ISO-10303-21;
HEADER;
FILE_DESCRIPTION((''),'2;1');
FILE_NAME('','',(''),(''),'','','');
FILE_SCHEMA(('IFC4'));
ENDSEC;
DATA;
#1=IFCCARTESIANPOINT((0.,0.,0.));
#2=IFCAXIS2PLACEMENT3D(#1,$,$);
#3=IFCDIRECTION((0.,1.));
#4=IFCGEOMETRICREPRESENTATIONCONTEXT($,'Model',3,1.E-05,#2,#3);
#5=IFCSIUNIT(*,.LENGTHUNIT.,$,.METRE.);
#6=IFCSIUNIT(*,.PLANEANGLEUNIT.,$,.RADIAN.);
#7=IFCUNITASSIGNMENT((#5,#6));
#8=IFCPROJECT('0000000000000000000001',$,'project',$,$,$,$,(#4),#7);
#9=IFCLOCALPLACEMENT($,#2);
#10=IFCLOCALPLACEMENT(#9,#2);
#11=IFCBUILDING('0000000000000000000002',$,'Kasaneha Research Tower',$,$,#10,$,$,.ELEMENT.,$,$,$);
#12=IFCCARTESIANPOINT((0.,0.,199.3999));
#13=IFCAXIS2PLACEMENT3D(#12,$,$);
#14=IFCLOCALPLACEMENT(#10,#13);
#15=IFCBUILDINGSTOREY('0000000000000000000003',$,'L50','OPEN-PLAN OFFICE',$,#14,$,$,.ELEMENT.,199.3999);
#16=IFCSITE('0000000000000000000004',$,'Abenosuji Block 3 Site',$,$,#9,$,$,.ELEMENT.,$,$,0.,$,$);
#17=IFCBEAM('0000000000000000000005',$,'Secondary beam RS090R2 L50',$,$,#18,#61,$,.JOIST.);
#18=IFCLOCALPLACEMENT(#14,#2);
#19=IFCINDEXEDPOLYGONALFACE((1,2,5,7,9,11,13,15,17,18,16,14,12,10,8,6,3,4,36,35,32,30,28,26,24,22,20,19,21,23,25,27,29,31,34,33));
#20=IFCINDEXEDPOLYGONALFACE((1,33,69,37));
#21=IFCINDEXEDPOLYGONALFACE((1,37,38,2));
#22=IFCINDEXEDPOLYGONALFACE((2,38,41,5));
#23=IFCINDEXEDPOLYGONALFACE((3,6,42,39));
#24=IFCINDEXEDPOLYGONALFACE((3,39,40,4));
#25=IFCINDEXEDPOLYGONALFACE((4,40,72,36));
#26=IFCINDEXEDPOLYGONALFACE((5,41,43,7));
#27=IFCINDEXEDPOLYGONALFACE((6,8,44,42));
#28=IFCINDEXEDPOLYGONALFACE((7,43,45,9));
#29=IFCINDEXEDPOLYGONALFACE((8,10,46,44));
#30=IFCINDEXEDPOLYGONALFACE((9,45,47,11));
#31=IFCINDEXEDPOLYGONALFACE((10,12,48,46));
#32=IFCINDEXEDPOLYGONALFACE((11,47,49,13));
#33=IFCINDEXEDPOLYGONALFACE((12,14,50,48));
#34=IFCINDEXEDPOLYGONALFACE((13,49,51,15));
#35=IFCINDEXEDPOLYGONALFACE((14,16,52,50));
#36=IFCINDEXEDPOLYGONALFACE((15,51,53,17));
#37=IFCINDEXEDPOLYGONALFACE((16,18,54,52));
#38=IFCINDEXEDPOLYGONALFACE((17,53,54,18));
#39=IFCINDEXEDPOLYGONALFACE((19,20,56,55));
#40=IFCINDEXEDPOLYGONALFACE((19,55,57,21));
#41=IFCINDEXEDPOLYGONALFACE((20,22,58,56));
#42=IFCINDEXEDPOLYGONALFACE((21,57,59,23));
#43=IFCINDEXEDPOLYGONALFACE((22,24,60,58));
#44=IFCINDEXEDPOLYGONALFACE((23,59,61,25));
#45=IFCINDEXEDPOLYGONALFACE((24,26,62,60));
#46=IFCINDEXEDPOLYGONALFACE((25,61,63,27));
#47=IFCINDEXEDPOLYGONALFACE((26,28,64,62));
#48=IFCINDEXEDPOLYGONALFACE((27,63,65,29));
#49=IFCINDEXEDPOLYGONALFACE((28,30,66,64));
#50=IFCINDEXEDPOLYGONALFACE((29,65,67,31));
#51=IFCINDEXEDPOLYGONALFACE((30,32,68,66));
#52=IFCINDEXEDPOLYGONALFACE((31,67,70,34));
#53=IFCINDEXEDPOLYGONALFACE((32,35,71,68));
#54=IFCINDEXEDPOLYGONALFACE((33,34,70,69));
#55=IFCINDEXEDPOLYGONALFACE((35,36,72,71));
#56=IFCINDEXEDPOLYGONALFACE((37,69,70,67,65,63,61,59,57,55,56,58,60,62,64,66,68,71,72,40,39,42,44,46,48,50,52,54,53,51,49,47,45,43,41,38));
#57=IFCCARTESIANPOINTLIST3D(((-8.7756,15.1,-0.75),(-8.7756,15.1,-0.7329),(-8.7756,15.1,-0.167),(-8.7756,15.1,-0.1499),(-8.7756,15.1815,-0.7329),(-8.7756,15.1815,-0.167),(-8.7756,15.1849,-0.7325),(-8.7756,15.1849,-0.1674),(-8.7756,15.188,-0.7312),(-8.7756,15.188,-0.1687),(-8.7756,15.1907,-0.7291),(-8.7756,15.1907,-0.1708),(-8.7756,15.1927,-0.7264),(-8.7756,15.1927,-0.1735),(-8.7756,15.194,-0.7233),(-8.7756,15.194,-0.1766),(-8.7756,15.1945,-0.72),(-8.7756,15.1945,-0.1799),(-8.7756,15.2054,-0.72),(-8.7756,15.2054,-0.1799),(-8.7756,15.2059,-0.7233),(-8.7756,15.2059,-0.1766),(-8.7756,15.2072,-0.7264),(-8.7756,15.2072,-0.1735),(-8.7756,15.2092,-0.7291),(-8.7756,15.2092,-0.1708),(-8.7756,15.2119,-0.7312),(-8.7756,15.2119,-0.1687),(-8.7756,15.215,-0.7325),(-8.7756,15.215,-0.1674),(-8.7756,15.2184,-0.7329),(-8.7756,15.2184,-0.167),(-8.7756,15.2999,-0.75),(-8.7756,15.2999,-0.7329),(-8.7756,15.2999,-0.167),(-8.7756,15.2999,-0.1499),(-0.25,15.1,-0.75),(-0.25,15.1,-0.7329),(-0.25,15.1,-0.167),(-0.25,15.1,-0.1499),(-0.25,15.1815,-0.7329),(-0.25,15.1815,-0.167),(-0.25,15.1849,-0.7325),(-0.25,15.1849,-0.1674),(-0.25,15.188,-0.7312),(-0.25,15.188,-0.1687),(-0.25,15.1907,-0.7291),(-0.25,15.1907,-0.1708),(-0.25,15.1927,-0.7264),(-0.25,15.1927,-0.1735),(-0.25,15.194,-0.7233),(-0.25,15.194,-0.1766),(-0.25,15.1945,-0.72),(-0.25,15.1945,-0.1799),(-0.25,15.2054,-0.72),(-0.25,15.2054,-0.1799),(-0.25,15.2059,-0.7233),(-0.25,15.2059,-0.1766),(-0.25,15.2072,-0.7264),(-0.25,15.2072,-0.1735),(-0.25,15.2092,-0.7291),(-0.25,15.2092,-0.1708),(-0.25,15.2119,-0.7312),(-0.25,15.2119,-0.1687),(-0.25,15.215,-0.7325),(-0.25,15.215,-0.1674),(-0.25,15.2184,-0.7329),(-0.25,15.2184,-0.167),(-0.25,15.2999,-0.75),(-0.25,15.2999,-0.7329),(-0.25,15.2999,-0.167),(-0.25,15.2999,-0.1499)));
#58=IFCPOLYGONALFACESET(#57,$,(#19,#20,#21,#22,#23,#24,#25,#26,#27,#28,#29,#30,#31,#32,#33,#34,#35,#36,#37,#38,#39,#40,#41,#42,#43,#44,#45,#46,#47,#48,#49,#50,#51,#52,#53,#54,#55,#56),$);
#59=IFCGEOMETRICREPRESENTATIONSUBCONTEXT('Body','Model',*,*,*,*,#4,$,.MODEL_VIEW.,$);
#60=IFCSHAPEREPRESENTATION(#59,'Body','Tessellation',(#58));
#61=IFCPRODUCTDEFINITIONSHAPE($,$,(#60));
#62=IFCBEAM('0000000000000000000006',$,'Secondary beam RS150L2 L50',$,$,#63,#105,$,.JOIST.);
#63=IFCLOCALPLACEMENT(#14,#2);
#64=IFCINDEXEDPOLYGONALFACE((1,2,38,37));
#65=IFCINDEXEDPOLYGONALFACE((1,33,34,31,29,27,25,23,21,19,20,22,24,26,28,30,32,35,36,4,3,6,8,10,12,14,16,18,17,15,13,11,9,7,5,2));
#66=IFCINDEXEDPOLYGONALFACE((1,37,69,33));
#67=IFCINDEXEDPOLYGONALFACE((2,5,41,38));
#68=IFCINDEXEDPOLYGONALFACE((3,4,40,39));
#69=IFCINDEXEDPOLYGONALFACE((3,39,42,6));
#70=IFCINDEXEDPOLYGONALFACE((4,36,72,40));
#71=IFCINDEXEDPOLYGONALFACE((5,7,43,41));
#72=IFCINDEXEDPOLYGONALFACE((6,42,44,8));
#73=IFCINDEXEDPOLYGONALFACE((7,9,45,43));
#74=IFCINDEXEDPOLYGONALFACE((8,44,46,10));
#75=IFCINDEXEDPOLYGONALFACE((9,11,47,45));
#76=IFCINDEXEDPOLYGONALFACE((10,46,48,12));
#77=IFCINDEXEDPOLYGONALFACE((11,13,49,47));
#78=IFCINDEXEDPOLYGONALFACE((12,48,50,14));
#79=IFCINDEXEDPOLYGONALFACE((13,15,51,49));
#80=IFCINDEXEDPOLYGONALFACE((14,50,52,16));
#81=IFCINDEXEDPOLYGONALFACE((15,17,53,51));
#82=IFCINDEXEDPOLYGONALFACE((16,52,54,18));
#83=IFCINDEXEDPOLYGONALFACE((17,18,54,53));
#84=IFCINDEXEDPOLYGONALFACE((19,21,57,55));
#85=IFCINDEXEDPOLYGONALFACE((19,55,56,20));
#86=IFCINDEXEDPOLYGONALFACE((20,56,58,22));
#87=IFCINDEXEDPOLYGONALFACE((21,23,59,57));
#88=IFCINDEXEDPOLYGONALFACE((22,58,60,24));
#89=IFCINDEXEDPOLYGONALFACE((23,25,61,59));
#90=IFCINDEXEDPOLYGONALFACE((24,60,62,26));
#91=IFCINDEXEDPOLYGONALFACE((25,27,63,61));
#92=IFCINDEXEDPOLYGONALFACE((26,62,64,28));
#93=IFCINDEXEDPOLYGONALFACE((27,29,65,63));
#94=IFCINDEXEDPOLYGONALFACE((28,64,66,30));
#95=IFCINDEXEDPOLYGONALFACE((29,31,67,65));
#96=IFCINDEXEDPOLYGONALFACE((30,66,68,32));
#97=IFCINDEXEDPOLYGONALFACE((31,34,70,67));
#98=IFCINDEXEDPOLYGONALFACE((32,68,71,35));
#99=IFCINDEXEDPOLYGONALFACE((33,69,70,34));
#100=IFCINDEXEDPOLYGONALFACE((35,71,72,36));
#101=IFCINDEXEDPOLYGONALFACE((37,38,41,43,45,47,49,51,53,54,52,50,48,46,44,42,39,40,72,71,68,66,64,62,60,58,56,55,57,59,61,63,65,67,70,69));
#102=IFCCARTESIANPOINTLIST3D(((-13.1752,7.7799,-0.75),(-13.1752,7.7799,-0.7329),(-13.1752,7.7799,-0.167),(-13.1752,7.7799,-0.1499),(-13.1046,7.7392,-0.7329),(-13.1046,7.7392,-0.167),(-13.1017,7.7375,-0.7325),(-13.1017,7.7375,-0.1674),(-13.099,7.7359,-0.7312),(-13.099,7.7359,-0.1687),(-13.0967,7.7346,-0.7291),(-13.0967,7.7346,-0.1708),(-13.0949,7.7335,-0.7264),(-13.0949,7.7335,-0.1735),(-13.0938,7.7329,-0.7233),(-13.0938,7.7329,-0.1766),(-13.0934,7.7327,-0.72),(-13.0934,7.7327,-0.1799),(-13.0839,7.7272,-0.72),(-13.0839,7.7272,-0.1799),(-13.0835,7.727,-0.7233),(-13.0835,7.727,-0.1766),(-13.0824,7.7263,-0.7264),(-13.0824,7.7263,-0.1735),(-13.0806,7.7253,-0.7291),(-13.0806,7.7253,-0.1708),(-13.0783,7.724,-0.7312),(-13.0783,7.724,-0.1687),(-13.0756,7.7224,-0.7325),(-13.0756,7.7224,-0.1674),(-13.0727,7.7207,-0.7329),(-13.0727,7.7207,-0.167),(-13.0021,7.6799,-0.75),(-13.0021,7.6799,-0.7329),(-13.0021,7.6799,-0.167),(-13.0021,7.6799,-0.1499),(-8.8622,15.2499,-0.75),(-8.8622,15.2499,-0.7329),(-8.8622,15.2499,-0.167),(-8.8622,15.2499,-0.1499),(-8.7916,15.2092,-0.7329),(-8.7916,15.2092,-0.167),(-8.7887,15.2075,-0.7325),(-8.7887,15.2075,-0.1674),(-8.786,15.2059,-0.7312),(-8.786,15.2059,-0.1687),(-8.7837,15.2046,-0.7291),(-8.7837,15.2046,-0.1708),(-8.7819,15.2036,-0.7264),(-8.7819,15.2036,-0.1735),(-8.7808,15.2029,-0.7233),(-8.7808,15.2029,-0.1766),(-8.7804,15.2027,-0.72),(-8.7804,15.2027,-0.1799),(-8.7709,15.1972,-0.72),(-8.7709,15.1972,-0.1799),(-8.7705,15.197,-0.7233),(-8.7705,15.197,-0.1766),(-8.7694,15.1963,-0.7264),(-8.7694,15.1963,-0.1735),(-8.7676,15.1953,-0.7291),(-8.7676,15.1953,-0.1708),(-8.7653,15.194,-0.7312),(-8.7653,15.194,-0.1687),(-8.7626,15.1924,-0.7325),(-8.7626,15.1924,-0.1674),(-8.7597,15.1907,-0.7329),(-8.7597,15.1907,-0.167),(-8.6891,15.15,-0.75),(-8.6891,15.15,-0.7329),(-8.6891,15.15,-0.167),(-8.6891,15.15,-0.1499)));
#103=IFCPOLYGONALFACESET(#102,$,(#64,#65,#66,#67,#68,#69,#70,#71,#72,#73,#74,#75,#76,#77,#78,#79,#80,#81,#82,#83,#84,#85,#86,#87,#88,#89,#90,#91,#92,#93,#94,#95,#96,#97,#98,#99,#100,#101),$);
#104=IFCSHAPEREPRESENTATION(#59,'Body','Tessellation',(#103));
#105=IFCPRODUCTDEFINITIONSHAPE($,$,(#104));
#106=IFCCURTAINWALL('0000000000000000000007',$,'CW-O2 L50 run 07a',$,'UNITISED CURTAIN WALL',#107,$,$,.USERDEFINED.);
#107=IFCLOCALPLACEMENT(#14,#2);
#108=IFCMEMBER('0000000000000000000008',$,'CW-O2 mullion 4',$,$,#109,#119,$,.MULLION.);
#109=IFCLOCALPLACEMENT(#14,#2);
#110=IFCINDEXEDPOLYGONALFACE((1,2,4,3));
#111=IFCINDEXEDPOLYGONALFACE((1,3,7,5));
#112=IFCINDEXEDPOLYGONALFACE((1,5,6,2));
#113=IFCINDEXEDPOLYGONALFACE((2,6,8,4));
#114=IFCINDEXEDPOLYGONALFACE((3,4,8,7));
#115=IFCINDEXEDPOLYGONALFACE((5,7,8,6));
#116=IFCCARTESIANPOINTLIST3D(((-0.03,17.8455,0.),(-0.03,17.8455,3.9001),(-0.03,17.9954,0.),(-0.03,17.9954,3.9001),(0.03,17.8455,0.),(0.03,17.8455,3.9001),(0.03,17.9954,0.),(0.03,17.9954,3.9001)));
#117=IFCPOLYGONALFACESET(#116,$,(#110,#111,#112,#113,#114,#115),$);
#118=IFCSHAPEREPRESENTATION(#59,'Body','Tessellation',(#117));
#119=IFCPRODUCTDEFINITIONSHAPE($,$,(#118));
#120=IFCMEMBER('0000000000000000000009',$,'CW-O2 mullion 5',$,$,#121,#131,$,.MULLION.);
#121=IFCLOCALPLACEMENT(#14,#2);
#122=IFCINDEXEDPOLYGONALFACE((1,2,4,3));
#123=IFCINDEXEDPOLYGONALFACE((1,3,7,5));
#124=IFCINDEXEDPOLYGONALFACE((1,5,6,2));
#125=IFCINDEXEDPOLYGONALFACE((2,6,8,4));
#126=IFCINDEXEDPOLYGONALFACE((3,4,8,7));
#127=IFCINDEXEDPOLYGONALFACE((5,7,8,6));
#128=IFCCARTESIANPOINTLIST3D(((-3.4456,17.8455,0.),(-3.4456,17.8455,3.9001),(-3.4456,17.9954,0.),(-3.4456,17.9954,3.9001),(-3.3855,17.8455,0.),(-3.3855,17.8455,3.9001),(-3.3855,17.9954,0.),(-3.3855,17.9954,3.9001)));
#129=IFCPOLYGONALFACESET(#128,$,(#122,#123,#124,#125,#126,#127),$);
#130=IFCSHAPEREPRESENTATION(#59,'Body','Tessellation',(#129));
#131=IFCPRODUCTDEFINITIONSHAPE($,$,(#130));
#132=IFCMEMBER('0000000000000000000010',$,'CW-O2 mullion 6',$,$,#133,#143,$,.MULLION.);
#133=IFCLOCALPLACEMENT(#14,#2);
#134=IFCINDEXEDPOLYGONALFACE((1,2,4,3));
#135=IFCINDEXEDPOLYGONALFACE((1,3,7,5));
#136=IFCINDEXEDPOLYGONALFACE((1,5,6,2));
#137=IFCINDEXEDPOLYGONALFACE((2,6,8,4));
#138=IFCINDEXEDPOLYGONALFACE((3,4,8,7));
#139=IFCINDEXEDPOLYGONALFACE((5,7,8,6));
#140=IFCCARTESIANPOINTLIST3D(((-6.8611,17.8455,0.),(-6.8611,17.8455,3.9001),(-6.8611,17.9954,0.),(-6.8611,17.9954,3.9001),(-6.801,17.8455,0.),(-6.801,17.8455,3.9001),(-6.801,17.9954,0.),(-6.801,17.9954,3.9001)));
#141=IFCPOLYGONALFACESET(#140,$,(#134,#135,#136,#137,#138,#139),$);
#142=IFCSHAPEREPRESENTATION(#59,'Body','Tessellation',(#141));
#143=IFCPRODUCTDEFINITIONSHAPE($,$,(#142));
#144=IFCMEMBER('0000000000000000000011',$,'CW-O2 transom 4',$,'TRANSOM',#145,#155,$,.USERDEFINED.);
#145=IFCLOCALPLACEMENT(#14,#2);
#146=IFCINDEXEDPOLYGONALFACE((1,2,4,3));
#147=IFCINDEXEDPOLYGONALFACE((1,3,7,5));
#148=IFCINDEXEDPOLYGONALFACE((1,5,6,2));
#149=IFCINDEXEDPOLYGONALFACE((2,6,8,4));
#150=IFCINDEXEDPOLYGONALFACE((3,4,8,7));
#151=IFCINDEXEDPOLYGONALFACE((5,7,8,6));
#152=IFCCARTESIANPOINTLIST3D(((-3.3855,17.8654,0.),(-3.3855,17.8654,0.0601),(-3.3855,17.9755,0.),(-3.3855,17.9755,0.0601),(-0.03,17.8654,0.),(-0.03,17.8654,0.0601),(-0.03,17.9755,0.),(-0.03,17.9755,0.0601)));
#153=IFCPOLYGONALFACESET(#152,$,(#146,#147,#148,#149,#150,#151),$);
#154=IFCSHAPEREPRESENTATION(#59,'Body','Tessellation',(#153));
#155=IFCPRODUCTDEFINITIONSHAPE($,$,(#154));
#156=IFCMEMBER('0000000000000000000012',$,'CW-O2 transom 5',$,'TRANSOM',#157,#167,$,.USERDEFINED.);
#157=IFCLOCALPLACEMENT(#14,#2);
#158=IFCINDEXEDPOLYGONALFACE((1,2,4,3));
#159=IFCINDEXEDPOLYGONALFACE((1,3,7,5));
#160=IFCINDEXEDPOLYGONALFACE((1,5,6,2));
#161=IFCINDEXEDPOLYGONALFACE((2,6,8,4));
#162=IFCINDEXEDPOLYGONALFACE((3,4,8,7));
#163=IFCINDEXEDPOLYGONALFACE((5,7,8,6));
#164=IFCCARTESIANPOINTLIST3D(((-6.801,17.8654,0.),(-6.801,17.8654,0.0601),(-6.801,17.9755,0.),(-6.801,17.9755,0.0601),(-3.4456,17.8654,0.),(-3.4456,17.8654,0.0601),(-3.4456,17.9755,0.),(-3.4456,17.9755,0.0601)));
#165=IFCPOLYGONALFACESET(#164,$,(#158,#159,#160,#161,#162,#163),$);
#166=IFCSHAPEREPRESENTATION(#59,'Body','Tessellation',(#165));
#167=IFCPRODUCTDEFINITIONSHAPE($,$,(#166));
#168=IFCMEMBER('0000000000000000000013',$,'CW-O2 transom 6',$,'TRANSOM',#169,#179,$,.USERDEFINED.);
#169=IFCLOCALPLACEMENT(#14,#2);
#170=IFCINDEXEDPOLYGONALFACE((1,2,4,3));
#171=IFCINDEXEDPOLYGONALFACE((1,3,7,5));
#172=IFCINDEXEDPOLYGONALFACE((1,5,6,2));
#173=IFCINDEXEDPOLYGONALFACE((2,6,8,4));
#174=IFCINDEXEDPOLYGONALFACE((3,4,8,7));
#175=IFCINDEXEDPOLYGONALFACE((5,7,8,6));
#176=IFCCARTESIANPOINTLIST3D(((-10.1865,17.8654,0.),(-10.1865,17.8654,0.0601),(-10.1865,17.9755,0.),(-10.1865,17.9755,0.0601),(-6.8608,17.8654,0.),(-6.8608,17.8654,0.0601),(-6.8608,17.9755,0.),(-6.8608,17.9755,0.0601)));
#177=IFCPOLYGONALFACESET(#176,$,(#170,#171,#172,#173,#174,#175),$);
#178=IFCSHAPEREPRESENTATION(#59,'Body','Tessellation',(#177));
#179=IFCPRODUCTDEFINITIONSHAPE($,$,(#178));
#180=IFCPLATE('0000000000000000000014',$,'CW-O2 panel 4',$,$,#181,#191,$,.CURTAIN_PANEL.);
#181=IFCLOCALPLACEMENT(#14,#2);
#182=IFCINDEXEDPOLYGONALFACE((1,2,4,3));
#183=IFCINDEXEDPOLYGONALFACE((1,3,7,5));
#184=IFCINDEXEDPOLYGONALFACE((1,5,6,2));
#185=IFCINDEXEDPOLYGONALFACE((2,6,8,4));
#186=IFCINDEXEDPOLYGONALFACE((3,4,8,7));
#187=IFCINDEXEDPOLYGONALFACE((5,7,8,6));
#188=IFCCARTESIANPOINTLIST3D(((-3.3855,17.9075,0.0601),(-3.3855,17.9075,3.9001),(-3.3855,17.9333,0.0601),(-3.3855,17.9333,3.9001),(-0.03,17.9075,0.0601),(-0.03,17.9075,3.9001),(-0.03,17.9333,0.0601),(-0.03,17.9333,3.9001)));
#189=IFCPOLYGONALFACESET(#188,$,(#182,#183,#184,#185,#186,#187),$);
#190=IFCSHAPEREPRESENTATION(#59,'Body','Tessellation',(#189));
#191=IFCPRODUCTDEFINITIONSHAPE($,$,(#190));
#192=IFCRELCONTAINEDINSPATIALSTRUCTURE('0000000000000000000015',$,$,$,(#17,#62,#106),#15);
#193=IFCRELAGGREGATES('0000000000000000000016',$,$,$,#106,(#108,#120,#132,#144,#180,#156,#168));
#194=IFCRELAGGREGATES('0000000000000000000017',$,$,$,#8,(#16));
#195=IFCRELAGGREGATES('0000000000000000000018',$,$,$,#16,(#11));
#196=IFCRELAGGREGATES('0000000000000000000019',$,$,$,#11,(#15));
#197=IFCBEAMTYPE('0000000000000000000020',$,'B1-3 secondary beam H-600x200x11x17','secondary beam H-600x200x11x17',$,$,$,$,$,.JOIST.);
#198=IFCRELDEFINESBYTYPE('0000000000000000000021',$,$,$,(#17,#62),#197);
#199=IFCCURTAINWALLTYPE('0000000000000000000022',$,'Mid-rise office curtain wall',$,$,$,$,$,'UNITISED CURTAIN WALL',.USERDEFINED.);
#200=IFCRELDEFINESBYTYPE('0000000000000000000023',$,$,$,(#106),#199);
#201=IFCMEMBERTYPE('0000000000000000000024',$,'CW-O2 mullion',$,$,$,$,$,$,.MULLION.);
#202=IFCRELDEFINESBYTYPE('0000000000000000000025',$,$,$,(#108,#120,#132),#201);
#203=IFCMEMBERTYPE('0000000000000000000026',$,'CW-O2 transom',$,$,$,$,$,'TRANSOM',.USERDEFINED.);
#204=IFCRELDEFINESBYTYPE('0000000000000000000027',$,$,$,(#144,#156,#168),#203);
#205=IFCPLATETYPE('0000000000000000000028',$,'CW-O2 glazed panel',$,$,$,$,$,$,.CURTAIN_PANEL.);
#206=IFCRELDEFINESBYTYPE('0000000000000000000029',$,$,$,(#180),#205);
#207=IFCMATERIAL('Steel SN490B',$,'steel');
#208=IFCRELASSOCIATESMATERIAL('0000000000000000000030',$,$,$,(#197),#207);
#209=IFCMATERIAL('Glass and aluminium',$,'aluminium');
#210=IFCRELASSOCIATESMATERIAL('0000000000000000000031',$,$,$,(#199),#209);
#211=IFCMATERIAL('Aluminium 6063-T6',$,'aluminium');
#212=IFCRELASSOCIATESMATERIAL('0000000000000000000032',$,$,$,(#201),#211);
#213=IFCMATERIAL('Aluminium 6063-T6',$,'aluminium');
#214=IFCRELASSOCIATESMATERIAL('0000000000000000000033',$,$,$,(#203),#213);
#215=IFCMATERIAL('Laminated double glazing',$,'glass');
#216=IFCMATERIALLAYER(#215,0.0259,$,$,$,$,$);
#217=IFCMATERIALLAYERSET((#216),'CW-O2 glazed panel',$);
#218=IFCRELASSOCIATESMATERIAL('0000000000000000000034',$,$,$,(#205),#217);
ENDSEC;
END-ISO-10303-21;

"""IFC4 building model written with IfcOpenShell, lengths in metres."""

from ifc_helpers import new_model, si_unit, direction, frame, origin, origin_2d, place, context, subcontext, project, spatial, rectangle, i_section, extrude, material, layer, layer_set, material_profile, profile_set, type_object, element, aggregate, save


model = new_model("IFC4")

# Units and contexts
model_context = context("Model", 3, precision=1e-05, world=origin(), true_north=direction((0.0, 1.0)))
body_context = subcontext(model_context, "Body", "Model", "MODEL_VIEW")
ifc_project = project(units=[si_unit("LENGTHUNIT", "METRE"), si_unit("PLANEANGLEUNIT", "RADIAN")], contexts=[model_context])

# Site, building, storey
site_placement = place(None, origin())
site = spatial("IfcSite", under=ifc_project, at=site_placement, Name="Abenosuji Block 3 Site", CompositionType="ELEMENT", RefElevation=0.0)
building_placement = place(site_placement, origin())
building = spatial("IfcBuilding", under=site, at=building_placement, Name="Kasaneha Research Tower", CompositionType="ELEMENT")
storey_placement = place(building_placement, frame((0.0, 0.0, 199.3999)))
storey = spatial("IfcBuildingStorey", under=building, at=storey_placement, Name="L50", Description="OPEN-PLAN OFFICE", CompositionType="ELEMENT", Elevation=199.3999)

# Beams
ifc_material_1 = material(Name="Steel SN490B", Category="steel")
ifc_material_profile_1 = material_profile(ifc_material_1, i_section(OverallWidth=0.2, OverallDepth=0.6001, WebThickness=0.011, FlangeThickness=0.0171, FilletRadius=0.0129, at=origin_2d()), Name="H-600x200x11x17")
ifc_profile_set_1 = profile_set([ifc_material_profile_1], Name="Steel SN490B")
beam_type = type_object("IfcBeamType", Name="B1-3 secondary beam H-600x200x11x17", Description="secondary beam H-600x200x11x17", PredefinedType="JOIST", material=ifc_profile_set_1)
beam_1_placement = place(storey_placement, frame((-8.7756, 15.2, -0.45), z_axis=(1.0, 0.0, 0.0), x_axis=(0.0, 1.0, 0.0)))
element("IfcBeam", 1, at=beam_1_placement, inside=storey, type_object=beam_type, Name="Secondary beam RS090R2 L50", PredefinedType="JOIST", context=body_context, shape_type="SweptSolid", body=[
    extrude(i_section(OverallWidth=0.2, OverallDepth=0.6001, WebThickness=0.011, FlangeThickness=0.0171, FilletRadius=0.0129, at=origin_2d()), origin(), (0.0, 0.0, 1.0), 8.5256),
])
beam_2_placement = place(storey_placement, frame((-8.7756, 15.2, -0.45), z_axis=(-0.500017, -0.866015, 0.0), x_axis=(0.866015, -0.500017, 0.0)))
element("IfcBeam", 2, at=beam_2_placement, inside=storey, type_object=beam_type, Name="Secondary beam RS150L2 L50", PredefinedType="JOIST", context=body_context, shape_type="SweptSolid", body=[
    extrude(i_section(OverallWidth=0.2, OverallDepth=0.6001, WebThickness=0.011, FlangeThickness=0.0171, FilletRadius=0.0129, at=origin_2d()), origin(), (0.0, 0.0, 1.0), 8.6257),
])

# Curtain wall, members, plate
ifc_material_2 = material(Name="Glass and aluminium", Category="aluminium")
curtain_wall_type = type_object("IfcCurtainWallType", Name="Mid-rise office curtain wall", ElementType="UNITISED CURTAIN WALL", PredefinedType="USERDEFINED", material=ifc_material_2)
curtain_wall_placement = place(storey_placement, origin())
curtain_wall = element("IfcCurtainWall", 3, at=curtain_wall_placement, inside=storey, type_object=curtain_wall_type, Name="CW-O2 L50 run 07a", ObjectType="UNITISED CURTAIN WALL", PredefinedType="USERDEFINED")
ifc_material_3 = material(Name="Aluminium 6063-T6", Category="aluminium")
ifc_material_profile_2 = material_profile(ifc_material_3, rectangle(XDim=0.0601, YDim=0.1499, at=origin_2d()), Name="CW-O2 mullion 60x150")
ifc_profile_set_2 = profile_set([ifc_material_profile_2], Name="Aluminium 6063-T6")
member_type_1 = type_object("IfcMemberType", Name="CW-O2 mullion", PredefinedType="MULLION", material=ifc_profile_set_2)
member_1_placement = place(storey_placement, frame((0.0, 17.9204, 0.0), z_axis=(0.0, 0.0, 1.0), x_axis=(-1.0, 0.0, 0.0)))
member_1 = element("IfcMember", 4, at=member_1_placement, type_object=member_type_1, Name="CW-O2 mullion 4", PredefinedType="MULLION", context=body_context, shape_type="SweptSolid", body=[
    extrude(rectangle(XDim=0.0601, YDim=0.1499, at=origin_2d()), origin(), (0.0, 0.0, 1.0), 3.9001),
])
member_2_placement = place(storey_placement, frame((-3.4155, 17.9204, 0.0), z_axis=(0.0, 0.0, 1.0), x_axis=(-1.0, 0.0, 0.0)))
member_2 = element("IfcMember", 5, at=member_2_placement, type_object=member_type_1, Name="CW-O2 mullion 5", PredefinedType="MULLION", context=body_context, shape_type="SweptSolid", body=[
    extrude(rectangle(XDim=0.0601, YDim=0.1499, at=origin_2d()), origin(), (0.0, 0.0, 1.0), 3.9001),
])
member_3_placement = place(storey_placement, frame((-6.8311, 17.9204, 0.0), z_axis=(0.0, 0.0, 1.0), x_axis=(-1.0, 0.0, 0.0)))
member_3 = element("IfcMember", 6, at=member_3_placement, type_object=member_type_1, Name="CW-O2 mullion 6", PredefinedType="MULLION", context=body_context, shape_type="SweptSolid", body=[
    extrude(rectangle(XDim=0.0601, YDim=0.1499, at=origin_2d()), origin(), (0.0, 0.0, 1.0), 3.9001),
])
ifc_material_4 = material(Name="Aluminium 6063-T6", Category="aluminium")
ifc_material_profile_3 = material_profile(ifc_material_4, rectangle(XDim=0.1101, YDim=0.0601, at=origin_2d()), Name="CW-O2 transom 110x60")
ifc_profile_set_3 = profile_set([ifc_material_profile_3], Name="Aluminium 6063-T6")
member_type_2 = type_object("IfcMemberType", Name="CW-O2 transom", ElementType="TRANSOM", PredefinedType="USERDEFINED", material=ifc_profile_set_3)
member_4_placement = place(storey_placement, frame((-0.03, 17.9204, 0.03), z_axis=(-1.0, 0.0, 0.0), x_axis=(0.0, -1.0, 0.0)))
member_4 = element("IfcMember", 7, at=member_4_placement, type_object=member_type_2, Name="CW-O2 transom 4", ObjectType="TRANSOM", PredefinedType="USERDEFINED", context=body_context, shape_type="SweptSolid", body=[
    extrude(rectangle(XDim=0.1101, YDim=0.0601, at=origin_2d()), origin(), (0.0, 0.0, 1.0), 3.3555),
])
member_5_placement = place(storey_placement, frame((-3.4456, 17.9204, 0.03), z_axis=(-1.0, 0.0, 0.0), x_axis=(0.0, -1.0, 0.0)))
member_5 = element("IfcMember", 8, at=member_5_placement, type_object=member_type_2, Name="CW-O2 transom 5", ObjectType="TRANSOM", PredefinedType="USERDEFINED", context=body_context, shape_type="SweptSolid", body=[
    extrude(rectangle(XDim=0.1101, YDim=0.0601, at=origin_2d()), origin(), (0.0, 0.0, 1.0), 3.3555),
])
member_6_placement = place(storey_placement, frame((-6.8608, 17.9204, 0.03), z_axis=(-1.0, 0.0, 0.0), x_axis=(0.0, -1.0, 0.0)))
member_6 = element("IfcMember", 9, at=member_6_placement, type_object=member_type_2, Name="CW-O2 transom 6", ObjectType="TRANSOM", PredefinedType="USERDEFINED", context=body_context, shape_type="SweptSolid", body=[
    extrude(rectangle(XDim=0.1101, YDim=0.0601, at=origin_2d()), origin(), (0.0, 0.0, 1.0), 3.3257),
])
ifc_material_5 = material(Name="Laminated double glazing", Category="glass")
ifc_layer_1 = layer(ifc_material_5, 0.0259)
ifc_layer_set_1 = layer_set([ifc_layer_1], Name="CW-O2 glazed panel")
plate_type = type_object("IfcPlateType", Name="CW-O2 glazed panel", PredefinedType="CURTAIN_PANEL", material=ifc_layer_set_1)
plate_1_placement = place(storey_placement, frame((-1.7078, 17.9204, 0.0601), z_axis=(0.0, 0.0, 1.0), x_axis=(-1.0, 0.0, 0.0)))
plate_1 = element("IfcPlate", 10, at=plate_1_placement, type_object=plate_type, Name="CW-O2 panel 4", PredefinedType="CURTAIN_PANEL", context=body_context, shape_type="SweptSolid", body=[
    extrude(rectangle(XDim=3.3555, YDim=0.0259, at=origin_2d()), origin(), (0.0, 0.0, 1.0), 3.8401),
])
aggregate(curtain_wall, [member_1, member_2, member_3, member_4, plate_1, member_5, member_6])

save(model, "model.ifc")
